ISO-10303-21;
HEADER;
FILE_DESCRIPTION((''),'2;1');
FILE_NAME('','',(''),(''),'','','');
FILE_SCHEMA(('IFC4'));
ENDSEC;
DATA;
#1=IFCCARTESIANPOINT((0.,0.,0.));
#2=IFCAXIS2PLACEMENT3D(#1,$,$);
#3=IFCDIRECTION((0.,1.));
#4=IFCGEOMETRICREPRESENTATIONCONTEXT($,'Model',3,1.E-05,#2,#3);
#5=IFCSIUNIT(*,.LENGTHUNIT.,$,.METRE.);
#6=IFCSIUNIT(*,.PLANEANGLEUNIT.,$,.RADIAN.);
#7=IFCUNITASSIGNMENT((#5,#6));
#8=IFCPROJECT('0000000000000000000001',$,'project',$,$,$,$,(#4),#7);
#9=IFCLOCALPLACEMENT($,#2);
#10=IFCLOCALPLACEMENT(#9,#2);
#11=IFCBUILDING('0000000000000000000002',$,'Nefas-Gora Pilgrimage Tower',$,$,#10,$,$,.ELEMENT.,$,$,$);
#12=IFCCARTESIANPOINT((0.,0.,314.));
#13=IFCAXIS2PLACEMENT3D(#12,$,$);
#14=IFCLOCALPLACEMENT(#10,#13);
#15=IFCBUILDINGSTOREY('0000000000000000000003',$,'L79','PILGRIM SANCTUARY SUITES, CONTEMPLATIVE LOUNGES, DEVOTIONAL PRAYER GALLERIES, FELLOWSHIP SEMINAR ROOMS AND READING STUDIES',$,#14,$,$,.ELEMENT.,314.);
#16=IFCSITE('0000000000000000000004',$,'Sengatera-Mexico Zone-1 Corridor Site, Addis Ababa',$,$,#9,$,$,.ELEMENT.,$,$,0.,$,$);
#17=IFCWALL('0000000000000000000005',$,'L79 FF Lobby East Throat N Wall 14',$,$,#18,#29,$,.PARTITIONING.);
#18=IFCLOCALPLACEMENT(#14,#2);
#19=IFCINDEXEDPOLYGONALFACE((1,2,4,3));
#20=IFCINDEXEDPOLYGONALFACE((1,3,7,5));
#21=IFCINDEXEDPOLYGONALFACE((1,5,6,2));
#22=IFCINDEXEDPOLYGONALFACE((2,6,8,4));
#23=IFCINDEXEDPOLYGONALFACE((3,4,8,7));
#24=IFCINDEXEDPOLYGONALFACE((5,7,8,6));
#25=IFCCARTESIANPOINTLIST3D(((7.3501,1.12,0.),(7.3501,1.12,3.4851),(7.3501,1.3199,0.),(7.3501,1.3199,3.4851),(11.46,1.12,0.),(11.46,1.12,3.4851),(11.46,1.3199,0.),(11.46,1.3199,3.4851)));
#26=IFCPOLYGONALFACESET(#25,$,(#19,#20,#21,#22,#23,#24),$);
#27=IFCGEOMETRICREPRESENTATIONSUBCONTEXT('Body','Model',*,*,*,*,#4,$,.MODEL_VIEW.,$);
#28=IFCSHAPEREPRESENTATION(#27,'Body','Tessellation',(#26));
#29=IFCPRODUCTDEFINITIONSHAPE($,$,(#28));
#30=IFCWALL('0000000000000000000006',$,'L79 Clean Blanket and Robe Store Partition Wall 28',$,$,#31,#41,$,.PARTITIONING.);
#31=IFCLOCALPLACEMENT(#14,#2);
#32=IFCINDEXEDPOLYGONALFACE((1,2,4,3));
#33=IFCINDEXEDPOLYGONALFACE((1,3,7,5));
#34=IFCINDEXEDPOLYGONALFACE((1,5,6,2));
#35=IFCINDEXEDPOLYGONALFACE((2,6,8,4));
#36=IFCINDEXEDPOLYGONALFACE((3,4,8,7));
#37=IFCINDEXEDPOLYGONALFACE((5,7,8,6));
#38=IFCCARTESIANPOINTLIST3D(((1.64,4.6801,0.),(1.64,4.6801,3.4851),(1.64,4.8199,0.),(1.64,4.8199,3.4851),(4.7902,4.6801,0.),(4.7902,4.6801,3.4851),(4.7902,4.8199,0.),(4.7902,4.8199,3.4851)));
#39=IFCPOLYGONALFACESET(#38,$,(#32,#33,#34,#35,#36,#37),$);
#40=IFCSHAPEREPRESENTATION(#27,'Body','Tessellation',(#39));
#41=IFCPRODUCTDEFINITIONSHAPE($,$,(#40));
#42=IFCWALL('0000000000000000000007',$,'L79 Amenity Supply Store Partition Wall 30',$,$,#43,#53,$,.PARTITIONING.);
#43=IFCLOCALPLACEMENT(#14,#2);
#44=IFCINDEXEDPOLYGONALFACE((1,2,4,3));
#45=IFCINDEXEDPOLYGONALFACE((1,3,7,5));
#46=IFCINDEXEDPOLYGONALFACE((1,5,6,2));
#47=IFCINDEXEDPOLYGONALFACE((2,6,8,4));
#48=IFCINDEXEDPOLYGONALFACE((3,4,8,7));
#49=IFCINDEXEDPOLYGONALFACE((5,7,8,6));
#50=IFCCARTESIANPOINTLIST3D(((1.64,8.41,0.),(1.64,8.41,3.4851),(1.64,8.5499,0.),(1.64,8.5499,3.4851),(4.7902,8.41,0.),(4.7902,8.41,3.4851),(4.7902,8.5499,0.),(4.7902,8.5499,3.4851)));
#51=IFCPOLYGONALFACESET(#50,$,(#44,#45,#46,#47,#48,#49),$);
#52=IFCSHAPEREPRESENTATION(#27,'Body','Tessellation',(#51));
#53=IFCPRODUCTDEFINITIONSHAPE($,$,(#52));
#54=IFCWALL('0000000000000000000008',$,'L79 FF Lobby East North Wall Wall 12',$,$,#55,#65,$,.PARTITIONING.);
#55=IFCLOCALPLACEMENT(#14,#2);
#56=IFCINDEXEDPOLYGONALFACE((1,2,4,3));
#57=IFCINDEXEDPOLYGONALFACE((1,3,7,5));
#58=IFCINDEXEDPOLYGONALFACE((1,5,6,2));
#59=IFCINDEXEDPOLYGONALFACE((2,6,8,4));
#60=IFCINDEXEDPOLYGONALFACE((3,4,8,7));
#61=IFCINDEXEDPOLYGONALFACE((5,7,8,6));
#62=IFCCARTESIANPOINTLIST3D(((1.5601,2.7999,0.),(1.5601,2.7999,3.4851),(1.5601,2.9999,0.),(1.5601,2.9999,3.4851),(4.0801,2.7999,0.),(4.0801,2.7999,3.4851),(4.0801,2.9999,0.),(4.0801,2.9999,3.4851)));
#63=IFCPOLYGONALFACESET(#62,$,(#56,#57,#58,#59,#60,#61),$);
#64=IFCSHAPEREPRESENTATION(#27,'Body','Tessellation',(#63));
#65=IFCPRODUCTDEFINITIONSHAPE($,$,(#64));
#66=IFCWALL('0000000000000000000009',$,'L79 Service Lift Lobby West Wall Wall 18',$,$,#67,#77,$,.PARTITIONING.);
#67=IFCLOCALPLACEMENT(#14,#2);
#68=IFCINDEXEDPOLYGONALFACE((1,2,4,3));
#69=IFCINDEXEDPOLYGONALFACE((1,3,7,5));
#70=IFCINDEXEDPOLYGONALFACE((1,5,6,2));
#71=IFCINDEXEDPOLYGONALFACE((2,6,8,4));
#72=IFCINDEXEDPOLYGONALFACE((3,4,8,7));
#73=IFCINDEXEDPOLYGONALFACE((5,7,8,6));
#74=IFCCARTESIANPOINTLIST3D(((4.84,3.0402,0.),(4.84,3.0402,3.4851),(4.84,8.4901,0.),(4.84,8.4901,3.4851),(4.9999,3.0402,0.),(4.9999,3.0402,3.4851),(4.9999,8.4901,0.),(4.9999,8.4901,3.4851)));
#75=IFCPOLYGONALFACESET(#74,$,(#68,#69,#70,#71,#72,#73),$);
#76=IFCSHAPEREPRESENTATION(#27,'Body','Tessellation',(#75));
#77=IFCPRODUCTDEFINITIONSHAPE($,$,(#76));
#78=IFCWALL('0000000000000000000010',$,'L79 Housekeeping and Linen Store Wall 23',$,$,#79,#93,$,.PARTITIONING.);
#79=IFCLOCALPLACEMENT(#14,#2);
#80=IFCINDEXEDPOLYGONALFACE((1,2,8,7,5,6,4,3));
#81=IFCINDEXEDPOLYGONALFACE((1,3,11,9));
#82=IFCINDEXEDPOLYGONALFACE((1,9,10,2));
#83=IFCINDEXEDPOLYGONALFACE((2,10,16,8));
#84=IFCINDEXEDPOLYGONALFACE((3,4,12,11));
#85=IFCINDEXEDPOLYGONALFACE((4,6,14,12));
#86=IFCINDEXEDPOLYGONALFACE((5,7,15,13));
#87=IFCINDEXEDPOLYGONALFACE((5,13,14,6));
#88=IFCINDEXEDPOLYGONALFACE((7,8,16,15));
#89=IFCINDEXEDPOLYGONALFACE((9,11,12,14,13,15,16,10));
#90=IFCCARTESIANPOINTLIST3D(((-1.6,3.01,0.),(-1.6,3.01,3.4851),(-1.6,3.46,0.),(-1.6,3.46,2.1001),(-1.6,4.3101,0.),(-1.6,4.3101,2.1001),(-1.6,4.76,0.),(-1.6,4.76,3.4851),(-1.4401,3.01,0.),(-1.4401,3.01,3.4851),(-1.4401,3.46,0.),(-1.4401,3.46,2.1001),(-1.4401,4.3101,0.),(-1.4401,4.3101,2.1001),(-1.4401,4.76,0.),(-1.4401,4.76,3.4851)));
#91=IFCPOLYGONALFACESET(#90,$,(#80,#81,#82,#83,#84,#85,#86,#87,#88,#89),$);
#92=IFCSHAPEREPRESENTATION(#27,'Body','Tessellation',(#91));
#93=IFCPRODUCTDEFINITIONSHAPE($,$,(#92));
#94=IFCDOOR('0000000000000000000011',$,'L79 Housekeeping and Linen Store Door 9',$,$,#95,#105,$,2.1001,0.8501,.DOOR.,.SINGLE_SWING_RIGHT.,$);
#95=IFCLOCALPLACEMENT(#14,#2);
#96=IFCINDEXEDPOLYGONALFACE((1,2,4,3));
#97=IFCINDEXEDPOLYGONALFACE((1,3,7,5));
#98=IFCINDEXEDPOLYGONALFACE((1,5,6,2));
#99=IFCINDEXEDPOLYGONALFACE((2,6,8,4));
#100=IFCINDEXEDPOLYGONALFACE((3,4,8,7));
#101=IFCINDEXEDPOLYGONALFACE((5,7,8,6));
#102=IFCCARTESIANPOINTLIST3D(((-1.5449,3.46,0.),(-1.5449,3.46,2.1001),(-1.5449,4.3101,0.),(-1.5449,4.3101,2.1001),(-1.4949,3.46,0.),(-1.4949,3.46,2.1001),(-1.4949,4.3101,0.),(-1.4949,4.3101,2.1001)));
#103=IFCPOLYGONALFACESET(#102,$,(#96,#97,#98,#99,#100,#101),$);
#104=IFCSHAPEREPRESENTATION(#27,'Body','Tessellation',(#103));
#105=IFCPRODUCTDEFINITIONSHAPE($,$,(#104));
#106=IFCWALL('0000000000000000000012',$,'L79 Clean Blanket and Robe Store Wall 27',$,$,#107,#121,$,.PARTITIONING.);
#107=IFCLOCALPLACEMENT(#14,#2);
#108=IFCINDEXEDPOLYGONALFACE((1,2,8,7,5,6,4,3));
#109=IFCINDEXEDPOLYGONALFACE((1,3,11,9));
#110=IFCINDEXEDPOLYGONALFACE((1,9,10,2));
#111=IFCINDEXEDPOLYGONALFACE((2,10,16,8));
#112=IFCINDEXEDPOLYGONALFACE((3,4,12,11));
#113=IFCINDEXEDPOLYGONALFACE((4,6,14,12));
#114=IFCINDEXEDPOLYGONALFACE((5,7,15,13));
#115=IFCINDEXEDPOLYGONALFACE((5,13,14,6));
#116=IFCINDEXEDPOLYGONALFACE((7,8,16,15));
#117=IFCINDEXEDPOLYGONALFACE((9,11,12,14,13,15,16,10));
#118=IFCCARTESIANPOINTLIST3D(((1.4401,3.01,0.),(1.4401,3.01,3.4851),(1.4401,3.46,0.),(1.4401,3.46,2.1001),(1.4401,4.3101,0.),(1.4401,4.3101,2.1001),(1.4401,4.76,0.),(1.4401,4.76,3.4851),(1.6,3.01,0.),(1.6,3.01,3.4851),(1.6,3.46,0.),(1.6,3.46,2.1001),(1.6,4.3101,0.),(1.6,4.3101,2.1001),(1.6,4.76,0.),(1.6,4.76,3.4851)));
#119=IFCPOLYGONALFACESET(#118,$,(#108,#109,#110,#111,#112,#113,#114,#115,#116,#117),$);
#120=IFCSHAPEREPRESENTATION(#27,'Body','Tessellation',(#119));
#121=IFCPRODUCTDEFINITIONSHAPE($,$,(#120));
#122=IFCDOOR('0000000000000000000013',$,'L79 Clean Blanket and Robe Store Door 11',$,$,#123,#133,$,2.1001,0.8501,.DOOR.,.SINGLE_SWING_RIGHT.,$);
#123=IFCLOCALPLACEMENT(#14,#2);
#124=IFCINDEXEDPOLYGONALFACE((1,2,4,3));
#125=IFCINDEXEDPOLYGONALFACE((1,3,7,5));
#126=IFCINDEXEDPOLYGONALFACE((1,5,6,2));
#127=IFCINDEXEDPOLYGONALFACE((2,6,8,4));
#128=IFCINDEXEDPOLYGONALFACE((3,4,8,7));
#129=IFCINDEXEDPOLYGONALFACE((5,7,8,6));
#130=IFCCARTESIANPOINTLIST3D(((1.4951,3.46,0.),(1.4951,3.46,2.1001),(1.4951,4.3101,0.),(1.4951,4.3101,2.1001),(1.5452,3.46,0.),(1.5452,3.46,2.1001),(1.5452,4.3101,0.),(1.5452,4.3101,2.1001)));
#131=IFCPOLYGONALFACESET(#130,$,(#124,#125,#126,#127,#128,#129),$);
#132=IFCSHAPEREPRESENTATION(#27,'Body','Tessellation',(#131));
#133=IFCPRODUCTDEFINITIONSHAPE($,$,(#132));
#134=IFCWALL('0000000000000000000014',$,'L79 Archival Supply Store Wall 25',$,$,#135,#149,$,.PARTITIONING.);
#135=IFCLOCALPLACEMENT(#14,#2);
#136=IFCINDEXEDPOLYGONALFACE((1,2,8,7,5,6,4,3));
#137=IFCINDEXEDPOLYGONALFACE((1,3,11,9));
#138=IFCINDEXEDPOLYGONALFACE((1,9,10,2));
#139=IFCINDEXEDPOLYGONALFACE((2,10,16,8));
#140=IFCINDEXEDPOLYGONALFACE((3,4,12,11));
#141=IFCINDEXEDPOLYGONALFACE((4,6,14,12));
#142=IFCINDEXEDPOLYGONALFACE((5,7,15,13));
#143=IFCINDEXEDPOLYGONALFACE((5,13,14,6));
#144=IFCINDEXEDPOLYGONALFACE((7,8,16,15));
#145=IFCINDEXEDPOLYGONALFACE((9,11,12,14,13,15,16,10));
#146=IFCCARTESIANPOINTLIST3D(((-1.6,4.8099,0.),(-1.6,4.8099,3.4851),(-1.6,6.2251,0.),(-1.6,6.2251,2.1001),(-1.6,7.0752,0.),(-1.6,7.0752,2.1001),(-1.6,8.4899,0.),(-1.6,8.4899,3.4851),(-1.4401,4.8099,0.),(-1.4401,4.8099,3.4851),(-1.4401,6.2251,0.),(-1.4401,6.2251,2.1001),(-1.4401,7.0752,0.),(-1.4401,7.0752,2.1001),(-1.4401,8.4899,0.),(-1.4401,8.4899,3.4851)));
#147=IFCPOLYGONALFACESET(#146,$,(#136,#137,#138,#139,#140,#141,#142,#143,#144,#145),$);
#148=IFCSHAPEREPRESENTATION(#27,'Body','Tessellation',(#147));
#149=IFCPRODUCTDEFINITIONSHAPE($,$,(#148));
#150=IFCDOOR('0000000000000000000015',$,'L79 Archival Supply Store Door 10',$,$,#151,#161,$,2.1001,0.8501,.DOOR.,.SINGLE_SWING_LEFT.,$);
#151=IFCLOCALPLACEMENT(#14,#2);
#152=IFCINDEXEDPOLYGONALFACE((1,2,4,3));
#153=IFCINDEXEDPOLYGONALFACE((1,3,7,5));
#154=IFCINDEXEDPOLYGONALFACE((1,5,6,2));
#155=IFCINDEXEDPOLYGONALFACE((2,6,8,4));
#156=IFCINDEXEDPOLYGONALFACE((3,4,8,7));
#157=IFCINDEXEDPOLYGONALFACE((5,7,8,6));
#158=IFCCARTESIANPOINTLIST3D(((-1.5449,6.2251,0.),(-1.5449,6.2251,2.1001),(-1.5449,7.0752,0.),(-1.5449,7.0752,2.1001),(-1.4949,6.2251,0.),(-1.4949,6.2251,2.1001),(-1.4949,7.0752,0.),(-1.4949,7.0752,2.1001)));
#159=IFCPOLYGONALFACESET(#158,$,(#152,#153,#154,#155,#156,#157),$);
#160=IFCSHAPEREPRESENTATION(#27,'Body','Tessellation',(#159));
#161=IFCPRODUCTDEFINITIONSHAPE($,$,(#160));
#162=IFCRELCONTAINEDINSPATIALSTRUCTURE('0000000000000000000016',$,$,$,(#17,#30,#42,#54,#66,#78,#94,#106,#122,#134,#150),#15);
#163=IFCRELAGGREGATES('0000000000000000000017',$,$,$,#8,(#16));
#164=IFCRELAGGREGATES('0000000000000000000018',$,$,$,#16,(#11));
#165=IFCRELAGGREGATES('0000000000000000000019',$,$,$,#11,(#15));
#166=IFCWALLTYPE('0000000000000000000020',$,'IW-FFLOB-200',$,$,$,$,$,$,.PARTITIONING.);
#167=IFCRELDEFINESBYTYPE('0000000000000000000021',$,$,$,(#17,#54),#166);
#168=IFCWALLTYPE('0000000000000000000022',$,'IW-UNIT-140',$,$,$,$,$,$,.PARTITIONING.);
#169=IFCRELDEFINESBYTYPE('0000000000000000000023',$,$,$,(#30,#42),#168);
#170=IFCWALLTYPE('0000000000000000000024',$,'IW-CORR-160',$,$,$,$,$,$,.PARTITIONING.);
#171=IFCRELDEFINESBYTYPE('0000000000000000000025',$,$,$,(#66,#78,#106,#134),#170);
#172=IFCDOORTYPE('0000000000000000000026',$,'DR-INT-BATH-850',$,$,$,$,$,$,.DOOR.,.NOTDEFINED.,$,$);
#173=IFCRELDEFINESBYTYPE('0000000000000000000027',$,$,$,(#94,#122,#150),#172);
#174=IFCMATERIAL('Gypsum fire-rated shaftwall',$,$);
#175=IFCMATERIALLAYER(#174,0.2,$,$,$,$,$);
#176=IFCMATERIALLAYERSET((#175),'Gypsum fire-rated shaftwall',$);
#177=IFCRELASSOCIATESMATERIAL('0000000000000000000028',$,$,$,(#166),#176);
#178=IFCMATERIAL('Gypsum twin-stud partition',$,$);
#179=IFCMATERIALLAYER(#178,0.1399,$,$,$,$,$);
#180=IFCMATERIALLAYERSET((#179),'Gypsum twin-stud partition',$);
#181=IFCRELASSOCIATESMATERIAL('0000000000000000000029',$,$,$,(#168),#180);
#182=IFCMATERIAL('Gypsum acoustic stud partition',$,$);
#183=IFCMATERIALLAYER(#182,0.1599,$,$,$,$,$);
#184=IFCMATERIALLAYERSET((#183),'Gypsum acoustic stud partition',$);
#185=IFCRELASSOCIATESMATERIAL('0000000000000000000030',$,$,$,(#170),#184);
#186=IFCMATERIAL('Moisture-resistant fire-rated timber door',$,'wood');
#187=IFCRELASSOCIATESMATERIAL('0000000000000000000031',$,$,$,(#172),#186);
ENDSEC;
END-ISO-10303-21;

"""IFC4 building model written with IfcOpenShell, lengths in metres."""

from ifc_helpers import new_model, si_unit, direction, frame, frame_2d, origin, place, context, subcontext, project, spatial, rectangle, extrude, source, transform, mapped, material, layer, layer_set, type_object, element, fill, save


model = new_model("IFC4")

# Units and contexts
model_context = context("Model", 3, precision=1e-05, world=origin(), true_north=direction((0.0, 1.0)))
body_context = subcontext(model_context, "Body", "Model", "MODEL_VIEW")
ifc_project = project(units=[si_unit("LENGTHUNIT", "METRE"), si_unit("PLANEANGLEUNIT", "RADIAN")], contexts=[model_context])

# Site, building, storey
site_placement = place(None, origin())
site = spatial("IfcSite", under=ifc_project, at=site_placement, Name="Sengatera-Mexico Zone-1 Corridor Site, Addis Ababa", CompositionType="ELEMENT", RefElevation=0.0)
building_placement = place(site_placement, origin())
building = spatial("IfcBuilding", under=site, at=building_placement, Name="Nefas-Gora Pilgrimage Tower", CompositionType="ELEMENT")
storey_placement = place(building_placement, frame((0.0, 0.0, 314.0)))
storey = spatial("IfcBuildingStorey", under=building, at=storey_placement, Name="L79", Description="PILGRIM SANCTUARY SUITES, CONTEMPLATIVE LOUNGES, DEVOTIONAL PRAYER GALLERIES, FELLOWSHIP SEMINAR ROOMS AND READING STUDIES", CompositionType="ELEMENT", Elevation=314.0)

# Shared definitions
ifc_material_1 = material(Name="Gypsum fire-rated shaftwall")
ifc_layer_1 = layer(ifc_material_1, 0.2)
ifc_layer_set_1 = layer_set([ifc_layer_1], Name="Gypsum fire-rated shaftwall")
wall_type_1 = type_object("IfcWallType", Name="IW-FFLOB-200", PredefinedType="PARTITIONING", material=ifc_layer_set_1)

# Walls
shared_shape_1 = source(origin(), body_context, "Body", "SweptSolid", [
    extrude(rectangle(XDim=4.1099, YDim=0.2, at=frame_2d((2.0549, 0.0))), origin(), (0.0, 0.0, 1.0), 3.4851),
])
wall_1_placement = place(storey_placement, frame((7.3501, 1.22, 0.0), z_axis=(0.0, 0.0, 1.0), x_axis=(1.0, 0.0, 0.0)))
element("IfcWall", 1, at=wall_1_placement, inside=storey, type_object=wall_type_1, Name="L79 FF Lobby East Throat N Wall 14", PredefinedType="PARTITIONING", context=body_context, shape_type="MappedRepresentation", body=[
    mapped(shared_shape_1, transform((0.0, 0.0, 0.0), x_axis=(1.0, 0.0, 0.0), y_axis=(0.0, 1.0, 0.0), z_axis=(0.0, 0.0, 1.0), scale=1.0)),
])
ifc_material_2 = material(Name="Gypsum twin-stud partition")
ifc_layer_2 = layer(ifc_material_2, 0.1399)
ifc_layer_set_2 = layer_set([ifc_layer_2], Name="Gypsum twin-stud partition")
wall_type_2 = type_object("IfcWallType", Name="IW-UNIT-140", PredefinedType="PARTITIONING", material=ifc_layer_set_2)
shared_shape_2 = source(origin(), body_context, "Body", "SweptSolid", [
    extrude(rectangle(XDim=3.1501, YDim=0.1399, at=frame_2d((1.5752, 0.0))), origin(), (0.0, 0.0, 1.0), 3.4851),
])
for number, where, z_axis, x_axis, name in (
    (2, (1.6399, 4.75, 0.0), (0.0, 0.0, 1.0), (1.0, 0.0, 0.0), "L79 Clean Blanket and Robe Store Partition Wall 28"),
    (3, (1.6399, 8.48, 0.0), (0.0, 0.0, 1.0), (1.0, 0.0, 0.0), "L79 Amenity Supply Store Partition Wall 30"),
):
    element("IfcWall", number, at=place(storey_placement, frame(where, z_axis=z_axis, x_axis=x_axis)), inside=storey, type_object=wall_type_2, Name=name, PredefinedType="PARTITIONING", context=body_context, shape_type="MappedRepresentation", body=[
        mapped(shared_shape_2, transform((0.0, 0.0, 0.0), x_axis=(1.0, 0.0, 0.0), y_axis=(0.0, 1.0, 0.0), z_axis=(0.0, 0.0, 1.0), scale=1.0)),
    ])
shared_shape_3 = source(origin(), body_context, "Body", "SweptSolid", [
    extrude(rectangle(XDim=2.52, YDim=0.2, at=frame_2d((1.26, 0.0))), origin(), (0.0, 0.0, 1.0), 3.4851),
])
wall_2_placement = place(storey_placement, frame((1.5601, 2.8999, 0.0), z_axis=(0.0, 0.0, 1.0), x_axis=(1.0, 0.0, 0.0)))
element("IfcWall", 4, at=wall_2_placement, inside=storey, type_object=wall_type_1, Name="L79 FF Lobby East North Wall Wall 12", PredefinedType="PARTITIONING", context=body_context, shape_type="MappedRepresentation", body=[
    mapped(shared_shape_3, transform((0.0, 0.0, 0.0), x_axis=(1.0, 0.0, 0.0), y_axis=(0.0, 1.0, 0.0), z_axis=(0.0, 0.0, 1.0), scale=1.0)),
])
ifc_material_3 = material(Name="Gypsum acoustic stud partition")
ifc_layer_3 = layer(ifc_material_3, 0.1599)
ifc_layer_set_3 = layer_set([ifc_layer_3], Name="Gypsum acoustic stud partition")
wall_type_3 = type_object("IfcWallType", Name="IW-CORR-160", PredefinedType="PARTITIONING", material=ifc_layer_set_3)
shared_shape_4 = source(origin(), body_context, "Body", "SweptSolid", [
    extrude(rectangle(XDim=5.45, YDim=0.1599, at=frame_2d((2.7251, 0.0))), origin(), (0.0, 0.0, 1.0), 3.4851),
])
wall_3_placement = place(storey_placement, frame((4.9199, 3.04, 0.0), z_axis=(0.0, 0.0, 1.0), x_axis=(0.0, 1.0, 0.0)))
element("IfcWall", 5, at=wall_3_placement, inside=storey, type_object=wall_type_3, Name="L79 Service Lift Lobby West Wall Wall 18", PredefinedType="PARTITIONING", context=body_context, shape_type="MappedRepresentation", body=[
    mapped(shared_shape_4, transform((0.0, 0.0, 0.0), x_axis=(1.0, 0.0, 0.0), y_axis=(0.0, 1.0, 0.0), z_axis=(0.0, 0.0, 1.0), scale=1.0)),
])

# Walls, openings, doors
shared_shape_5 = source(origin(), body_context, "Body", "SweptSolid", [
    extrude(rectangle(XDim=1.75, YDim=0.1599, at=frame_2d((0.875, 0.0))), origin(), (0.0, 0.0, 1.0), 3.4851),
])
wall_4_placement = place(storey_placement, frame((-1.52, 3.01, 0.0), z_axis=(0.0, 0.0, 1.0), x_axis=(0.0, 1.0, 0.0)))
wall_4 = element("IfcWall", 6, at=wall_4_placement, inside=storey, type_object=wall_type_3, Name="L79 Housekeeping and Linen Store Wall 23", PredefinedType="PARTITIONING", context=body_context, shape_type="MappedRepresentation", body=[
    mapped(shared_shape_5, transform((0.0, 0.0, 0.0), x_axis=(1.0, 0.0, 0.0), y_axis=(0.0, 1.0, 0.0), z_axis=(0.0, 0.0, 1.0), scale=1.0)),
])
opening_1_placement = place(wall_4_placement, frame((0.45, 0.0, 0.0)))
opening_1 = element("IfcOpeningElement", 7, at=opening_1_placement, cuts=wall_4, PredefinedType="OPENING", context=body_context, shape_type="SweptSolid", body=[
    extrude(rectangle(XDim=0.8501, YDim=2.1001, at=frame_2d((0.425, 1.05))), frame((0.0, 0.0898, 0.0), z_axis=(0.0, -1.0, 0.0), x_axis=(1.0, 0.0, 0.0)), (0.0, 0.0, 1.0), 0.1799),
])
ifc_material_4 = material(Name="Moisture-resistant fire-rated timber door", Category="wood")
door_type_1 = type_object("IfcDoorType", Name="DR-INT-BATH-850", OperationType="NOTDEFINED", PredefinedType="DOOR", material=ifc_material_4)
shared_shape_6 = source(origin(), body_context, "Body", "SweptSolid", [
    extrude(rectangle(XDim=0.8501, YDim=2.1001, at=frame_2d((0.425, 1.05))), frame((0.0, 0.0249, 0.0), z_axis=(0.0, -1.0, 0.0), x_axis=(1.0, 0.0, 0.0)), (0.0, 0.0, 1.0), 0.05),
])
door_1_placement = place(opening_1_placement, origin())
door_1 = element("IfcDoor", 8, at=door_1_placement, inside=storey, type_object=door_type_1, Name="L79 Housekeeping and Linen Store Door 9", OperationType="SINGLE_SWING_RIGHT", OverallHeight=2.1001, OverallWidth=0.8501, PredefinedType="DOOR", context=body_context, shape_type="MappedRepresentation", body=[
    mapped(shared_shape_6, transform((0.0, 0.0, 0.0), x_axis=(1.0, 0.0, 0.0), y_axis=(0.0, 1.0, 0.0), z_axis=(0.0, 0.0, 1.0), scale=1.0)),
])
fill(opening_1, door_1)
wall_5_placement = place(storey_placement, frame((1.52, 3.01, 0.0), z_axis=(0.0, 0.0, 1.0), x_axis=(0.0, 1.0, 0.0)))
wall_5 = element("IfcWall", 9, at=wall_5_placement, inside=storey, type_object=wall_type_3, Name="L79 Clean Blanket and Robe Store Wall 27", PredefinedType="PARTITIONING", context=body_context, shape_type="MappedRepresentation", body=[
    mapped(shared_shape_5, transform((0.0, 0.0, 0.0), x_axis=(1.0, 0.0, 0.0), y_axis=(0.0, 1.0, 0.0), z_axis=(0.0, 0.0, 1.0), scale=1.0)),
])
opening_2_placement = place(wall_5_placement, frame((0.45, 0.0, 0.0)))
opening_2 = element("IfcOpeningElement", 10, at=opening_2_placement, cuts=wall_5, PredefinedType="OPENING", context=body_context, shape_type="SweptSolid", body=[
    extrude(rectangle(XDim=0.8501, YDim=2.1001, at=frame_2d((0.425, 1.05))), frame((0.0, 0.0898, 0.0), z_axis=(0.0, -1.0, 0.0), x_axis=(1.0, 0.0, 0.0)), (0.0, 0.0, 1.0), 0.1799),
])
door_2_placement = place(opening_2_placement, origin())
door_2 = element("IfcDoor", 11, at=door_2_placement, inside=storey, type_object=door_type_1, Name="L79 Clean Blanket and Robe Store Door 11", OperationType="SINGLE_SWING_RIGHT", OverallHeight=2.1001, OverallWidth=0.8501, PredefinedType="DOOR", context=body_context, shape_type="MappedRepresentation", body=[
    mapped(shared_shape_6, transform((0.0, 0.0, 0.0), x_axis=(1.0, 0.0, 0.0), y_axis=(0.0, 1.0, 0.0), z_axis=(0.0, 0.0, 1.0), scale=1.0)),
])
fill(opening_2, door_2)
shared_shape_7 = source(origin(), body_context, "Body", "SweptSolid", [
    extrude(rectangle(XDim=3.6799, YDim=0.1599, at=frame_2d((1.8398, 0.0))), origin(), (0.0, 0.0, 1.0), 3.4851),
])
wall_6_placement = place(storey_placement, frame((-1.52, 4.8101, 0.0), z_axis=(0.0, 0.0, 1.0), x_axis=(0.0, 1.0, 0.0)))
wall_6 = element("IfcWall", 12, at=wall_6_placement, inside=storey, type_object=wall_type_3, Name="L79 Archival Supply Store Wall 25", PredefinedType="PARTITIONING", context=body_context, shape_type="MappedRepresentation", body=[
    mapped(shared_shape_7, transform((0.0, 0.0, 0.0), x_axis=(1.0, 0.0, 0.0), y_axis=(0.0, 1.0, 0.0), z_axis=(0.0, 0.0, 1.0), scale=1.0)),
])
opening_3_placement = place(wall_6_placement, frame((1.415, 0.0, 0.0)))
opening_3 = element("IfcOpeningElement", 13, at=opening_3_placement, cuts=wall_6, PredefinedType="OPENING", context=body_context, shape_type="SweptSolid", body=[
    extrude(rectangle(XDim=0.8501, YDim=2.1001, at=frame_2d((0.425, 1.05))), frame((0.0, 0.0898, 0.0), z_axis=(0.0, -1.0, 0.0), x_axis=(1.0, 0.0, 0.0)), (0.0, 0.0, 1.0), 0.1799),
])
door_3_placement = place(opening_3_placement, origin())
door_3 = element("IfcDoor", 14, at=door_3_placement, inside=storey, type_object=door_type_1, Name="L79 Archival Supply Store Door 10", OperationType="SINGLE_SWING_LEFT", OverallHeight=2.1001, OverallWidth=0.8501, PredefinedType="DOOR", context=body_context, shape_type="MappedRepresentation", body=[
    mapped(shared_shape_6, transform((0.0, 0.0, 0.0), x_axis=(1.0, 0.0, 0.0), y_axis=(0.0, 1.0, 0.0), z_axis=(0.0, 0.0, 1.0), scale=1.0)),
])
fill(opening_3, door_3)

save(model, "model.ifc")
